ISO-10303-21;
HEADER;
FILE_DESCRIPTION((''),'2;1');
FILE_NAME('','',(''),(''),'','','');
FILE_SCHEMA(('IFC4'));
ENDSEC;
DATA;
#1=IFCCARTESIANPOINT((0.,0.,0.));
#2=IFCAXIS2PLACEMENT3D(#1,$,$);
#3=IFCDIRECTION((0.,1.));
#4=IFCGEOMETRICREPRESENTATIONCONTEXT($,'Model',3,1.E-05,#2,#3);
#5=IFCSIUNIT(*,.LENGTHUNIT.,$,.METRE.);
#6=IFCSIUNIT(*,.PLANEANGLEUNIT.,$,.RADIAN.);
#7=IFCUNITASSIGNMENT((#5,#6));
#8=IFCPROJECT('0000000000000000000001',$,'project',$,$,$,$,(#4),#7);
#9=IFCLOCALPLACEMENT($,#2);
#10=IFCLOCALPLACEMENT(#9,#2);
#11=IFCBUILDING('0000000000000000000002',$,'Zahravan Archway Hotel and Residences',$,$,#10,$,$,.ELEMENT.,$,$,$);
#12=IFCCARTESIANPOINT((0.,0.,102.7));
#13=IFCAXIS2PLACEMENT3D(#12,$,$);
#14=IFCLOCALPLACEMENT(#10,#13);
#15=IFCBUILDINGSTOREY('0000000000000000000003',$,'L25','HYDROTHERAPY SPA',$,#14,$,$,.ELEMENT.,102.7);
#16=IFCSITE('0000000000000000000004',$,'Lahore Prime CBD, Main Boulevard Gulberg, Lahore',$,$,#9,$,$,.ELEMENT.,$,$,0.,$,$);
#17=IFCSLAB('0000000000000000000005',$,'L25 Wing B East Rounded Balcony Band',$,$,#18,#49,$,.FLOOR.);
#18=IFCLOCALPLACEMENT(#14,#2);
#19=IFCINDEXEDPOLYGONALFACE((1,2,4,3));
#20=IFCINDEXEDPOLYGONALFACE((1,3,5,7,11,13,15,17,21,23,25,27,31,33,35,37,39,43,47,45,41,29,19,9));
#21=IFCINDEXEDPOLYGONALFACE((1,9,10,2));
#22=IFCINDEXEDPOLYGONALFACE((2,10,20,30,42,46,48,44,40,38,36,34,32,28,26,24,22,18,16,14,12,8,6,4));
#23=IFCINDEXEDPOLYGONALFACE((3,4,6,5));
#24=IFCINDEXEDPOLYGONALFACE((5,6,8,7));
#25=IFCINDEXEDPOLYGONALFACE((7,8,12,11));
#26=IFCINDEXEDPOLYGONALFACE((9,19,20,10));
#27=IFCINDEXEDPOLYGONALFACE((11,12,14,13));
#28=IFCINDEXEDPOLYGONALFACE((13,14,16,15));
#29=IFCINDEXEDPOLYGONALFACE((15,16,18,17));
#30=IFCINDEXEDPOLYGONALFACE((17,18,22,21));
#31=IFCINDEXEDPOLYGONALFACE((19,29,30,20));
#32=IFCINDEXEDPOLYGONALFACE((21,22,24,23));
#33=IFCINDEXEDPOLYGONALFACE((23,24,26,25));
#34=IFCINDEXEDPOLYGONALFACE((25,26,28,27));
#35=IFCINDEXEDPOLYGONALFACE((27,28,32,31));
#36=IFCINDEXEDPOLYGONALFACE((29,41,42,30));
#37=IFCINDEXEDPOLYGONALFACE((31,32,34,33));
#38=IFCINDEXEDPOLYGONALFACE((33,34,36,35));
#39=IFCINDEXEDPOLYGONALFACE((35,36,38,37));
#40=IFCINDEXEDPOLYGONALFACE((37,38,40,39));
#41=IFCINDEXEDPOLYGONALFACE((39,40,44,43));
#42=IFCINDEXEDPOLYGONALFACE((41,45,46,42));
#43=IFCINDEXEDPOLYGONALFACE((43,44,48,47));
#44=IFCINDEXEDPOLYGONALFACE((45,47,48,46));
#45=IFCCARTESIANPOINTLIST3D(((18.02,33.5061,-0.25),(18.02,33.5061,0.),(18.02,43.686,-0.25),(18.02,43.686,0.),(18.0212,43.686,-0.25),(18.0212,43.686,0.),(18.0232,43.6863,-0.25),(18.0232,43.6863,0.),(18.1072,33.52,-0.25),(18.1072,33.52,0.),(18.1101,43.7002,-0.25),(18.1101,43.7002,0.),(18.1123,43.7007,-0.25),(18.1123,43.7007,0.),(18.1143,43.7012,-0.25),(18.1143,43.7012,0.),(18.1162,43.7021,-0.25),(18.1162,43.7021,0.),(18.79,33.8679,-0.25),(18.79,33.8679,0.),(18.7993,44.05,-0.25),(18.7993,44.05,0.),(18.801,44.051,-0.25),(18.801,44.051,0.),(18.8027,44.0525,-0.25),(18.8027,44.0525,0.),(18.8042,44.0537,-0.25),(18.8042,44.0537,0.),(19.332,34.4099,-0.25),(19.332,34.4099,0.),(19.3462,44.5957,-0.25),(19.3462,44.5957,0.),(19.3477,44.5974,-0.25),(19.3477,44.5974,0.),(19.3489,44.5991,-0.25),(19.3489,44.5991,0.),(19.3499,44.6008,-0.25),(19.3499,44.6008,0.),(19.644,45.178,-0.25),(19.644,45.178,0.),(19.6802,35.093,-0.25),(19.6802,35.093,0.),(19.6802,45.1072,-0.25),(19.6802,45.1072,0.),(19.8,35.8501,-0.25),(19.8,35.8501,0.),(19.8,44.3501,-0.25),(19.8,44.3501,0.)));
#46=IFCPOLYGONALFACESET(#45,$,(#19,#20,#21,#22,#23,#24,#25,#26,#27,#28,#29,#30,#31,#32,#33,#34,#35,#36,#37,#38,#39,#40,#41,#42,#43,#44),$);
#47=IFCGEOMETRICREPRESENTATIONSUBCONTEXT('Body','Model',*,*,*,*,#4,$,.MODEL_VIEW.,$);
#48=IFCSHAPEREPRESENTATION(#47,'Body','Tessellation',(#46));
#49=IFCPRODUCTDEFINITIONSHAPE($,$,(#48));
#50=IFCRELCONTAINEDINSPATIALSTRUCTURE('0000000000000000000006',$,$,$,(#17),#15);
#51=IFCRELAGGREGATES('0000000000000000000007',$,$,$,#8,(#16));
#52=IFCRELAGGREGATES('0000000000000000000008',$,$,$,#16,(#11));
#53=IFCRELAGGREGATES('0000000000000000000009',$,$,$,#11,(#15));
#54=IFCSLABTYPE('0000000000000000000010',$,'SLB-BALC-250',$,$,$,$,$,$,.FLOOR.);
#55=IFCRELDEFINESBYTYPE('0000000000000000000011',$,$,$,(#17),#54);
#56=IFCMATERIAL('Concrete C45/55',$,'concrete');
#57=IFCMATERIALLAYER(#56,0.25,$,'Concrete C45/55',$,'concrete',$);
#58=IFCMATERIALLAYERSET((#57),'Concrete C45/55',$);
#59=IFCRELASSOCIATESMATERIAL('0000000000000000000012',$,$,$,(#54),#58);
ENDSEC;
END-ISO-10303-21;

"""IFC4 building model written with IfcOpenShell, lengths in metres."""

from ifc_helpers import new_model, si_unit, direction, frame, origin, place, context, subcontext, project, spatial, polyline, outline, extrude, material, layer, layer_set, type_object, element, save


model = new_model("IFC4")

# Units and contexts
model_context = context("Model", 3, precision=1e-05, world=origin(), true_north=direction((0.0, 1.0)))
body_context = subcontext(model_context, "Body", "Model", "MODEL_VIEW")
ifc_project = project(units=[si_unit("LENGTHUNIT", "METRE"), si_unit("PLANEANGLEUNIT", "RADIAN")], contexts=[model_context])

# Site, building, storey
site_placement = place(None, origin())
site = spatial("IfcSite", under=ifc_project, at=site_placement, Name="Lahore Prime CBD, Main Boulevard Gulberg, Lahore", CompositionType="ELEMENT", RefElevation=0.0)
building_placement = place(site_placement, origin())
building = spatial("IfcBuilding", under=site, at=building_placement, Name="Zahravan Archway Hotel and Residences", CompositionType="ELEMENT")
storey_placement = place(building_placement, frame((0.0, 0.0, 102.7)))
storey = spatial("IfcBuildingStorey", under=building, at=storey_placement, Name="L25", Description="HYDROTHERAPY SPA", CompositionType="ELEMENT", Elevation=102.7)

# Slab
ifc_material_1 = material(Name="Concrete C45/55", Category="concrete")
ifc_layer_1 = layer(ifc_material_1, 0.25, Name="Concrete C45/55", Category="concrete")
ifc_layer_set_1 = layer_set([ifc_layer_1], Name="Concrete C45/55")
slab_type_1 = type_object("IfcSlabType", Name="SLB-BALC-250", PredefinedType="FLOOR", material=ifc_layer_set_1)
slab_1_placement = place(storey_placement, frame((0.0, 0.0, -0.25)))
element("IfcSlab", 1, at=slab_1_placement, inside=storey, type_object=slab_type_1, Name="L25 Wing B East Rounded Balcony Band", PredefinedType="FLOOR", context=body_context, shape_type="SweptSolid", body=[
    extrude(outline(polyline([(19.6802, 45.1072), (19.8, 44.3501), (19.8, 35.8501), (19.6802, 35.093), (19.332, 34.4099), (18.79, 33.8679), (18.1072, 33.52), (18.02, 33.5061), (18.02, 43.686), (18.0212, 43.686), (18.0232, 43.6863), (18.1101, 43.7002), (18.1123, 43.7007), (18.1143, 43.7012), (18.1162, 43.7021), (18.7993, 44.05), (18.801, 44.051), (18.8027, 44.0525), (18.8042, 44.0537), (19.3462, 44.5957), (19.3477, 44.5974), (19.3489, 44.5991), (19.3499, 44.6008), (19.644, 45.178), (19.6802, 45.1072)])), origin(), (0.0, 0.0, 1.0), 0.25),
])

save(model, "model.ifc")
